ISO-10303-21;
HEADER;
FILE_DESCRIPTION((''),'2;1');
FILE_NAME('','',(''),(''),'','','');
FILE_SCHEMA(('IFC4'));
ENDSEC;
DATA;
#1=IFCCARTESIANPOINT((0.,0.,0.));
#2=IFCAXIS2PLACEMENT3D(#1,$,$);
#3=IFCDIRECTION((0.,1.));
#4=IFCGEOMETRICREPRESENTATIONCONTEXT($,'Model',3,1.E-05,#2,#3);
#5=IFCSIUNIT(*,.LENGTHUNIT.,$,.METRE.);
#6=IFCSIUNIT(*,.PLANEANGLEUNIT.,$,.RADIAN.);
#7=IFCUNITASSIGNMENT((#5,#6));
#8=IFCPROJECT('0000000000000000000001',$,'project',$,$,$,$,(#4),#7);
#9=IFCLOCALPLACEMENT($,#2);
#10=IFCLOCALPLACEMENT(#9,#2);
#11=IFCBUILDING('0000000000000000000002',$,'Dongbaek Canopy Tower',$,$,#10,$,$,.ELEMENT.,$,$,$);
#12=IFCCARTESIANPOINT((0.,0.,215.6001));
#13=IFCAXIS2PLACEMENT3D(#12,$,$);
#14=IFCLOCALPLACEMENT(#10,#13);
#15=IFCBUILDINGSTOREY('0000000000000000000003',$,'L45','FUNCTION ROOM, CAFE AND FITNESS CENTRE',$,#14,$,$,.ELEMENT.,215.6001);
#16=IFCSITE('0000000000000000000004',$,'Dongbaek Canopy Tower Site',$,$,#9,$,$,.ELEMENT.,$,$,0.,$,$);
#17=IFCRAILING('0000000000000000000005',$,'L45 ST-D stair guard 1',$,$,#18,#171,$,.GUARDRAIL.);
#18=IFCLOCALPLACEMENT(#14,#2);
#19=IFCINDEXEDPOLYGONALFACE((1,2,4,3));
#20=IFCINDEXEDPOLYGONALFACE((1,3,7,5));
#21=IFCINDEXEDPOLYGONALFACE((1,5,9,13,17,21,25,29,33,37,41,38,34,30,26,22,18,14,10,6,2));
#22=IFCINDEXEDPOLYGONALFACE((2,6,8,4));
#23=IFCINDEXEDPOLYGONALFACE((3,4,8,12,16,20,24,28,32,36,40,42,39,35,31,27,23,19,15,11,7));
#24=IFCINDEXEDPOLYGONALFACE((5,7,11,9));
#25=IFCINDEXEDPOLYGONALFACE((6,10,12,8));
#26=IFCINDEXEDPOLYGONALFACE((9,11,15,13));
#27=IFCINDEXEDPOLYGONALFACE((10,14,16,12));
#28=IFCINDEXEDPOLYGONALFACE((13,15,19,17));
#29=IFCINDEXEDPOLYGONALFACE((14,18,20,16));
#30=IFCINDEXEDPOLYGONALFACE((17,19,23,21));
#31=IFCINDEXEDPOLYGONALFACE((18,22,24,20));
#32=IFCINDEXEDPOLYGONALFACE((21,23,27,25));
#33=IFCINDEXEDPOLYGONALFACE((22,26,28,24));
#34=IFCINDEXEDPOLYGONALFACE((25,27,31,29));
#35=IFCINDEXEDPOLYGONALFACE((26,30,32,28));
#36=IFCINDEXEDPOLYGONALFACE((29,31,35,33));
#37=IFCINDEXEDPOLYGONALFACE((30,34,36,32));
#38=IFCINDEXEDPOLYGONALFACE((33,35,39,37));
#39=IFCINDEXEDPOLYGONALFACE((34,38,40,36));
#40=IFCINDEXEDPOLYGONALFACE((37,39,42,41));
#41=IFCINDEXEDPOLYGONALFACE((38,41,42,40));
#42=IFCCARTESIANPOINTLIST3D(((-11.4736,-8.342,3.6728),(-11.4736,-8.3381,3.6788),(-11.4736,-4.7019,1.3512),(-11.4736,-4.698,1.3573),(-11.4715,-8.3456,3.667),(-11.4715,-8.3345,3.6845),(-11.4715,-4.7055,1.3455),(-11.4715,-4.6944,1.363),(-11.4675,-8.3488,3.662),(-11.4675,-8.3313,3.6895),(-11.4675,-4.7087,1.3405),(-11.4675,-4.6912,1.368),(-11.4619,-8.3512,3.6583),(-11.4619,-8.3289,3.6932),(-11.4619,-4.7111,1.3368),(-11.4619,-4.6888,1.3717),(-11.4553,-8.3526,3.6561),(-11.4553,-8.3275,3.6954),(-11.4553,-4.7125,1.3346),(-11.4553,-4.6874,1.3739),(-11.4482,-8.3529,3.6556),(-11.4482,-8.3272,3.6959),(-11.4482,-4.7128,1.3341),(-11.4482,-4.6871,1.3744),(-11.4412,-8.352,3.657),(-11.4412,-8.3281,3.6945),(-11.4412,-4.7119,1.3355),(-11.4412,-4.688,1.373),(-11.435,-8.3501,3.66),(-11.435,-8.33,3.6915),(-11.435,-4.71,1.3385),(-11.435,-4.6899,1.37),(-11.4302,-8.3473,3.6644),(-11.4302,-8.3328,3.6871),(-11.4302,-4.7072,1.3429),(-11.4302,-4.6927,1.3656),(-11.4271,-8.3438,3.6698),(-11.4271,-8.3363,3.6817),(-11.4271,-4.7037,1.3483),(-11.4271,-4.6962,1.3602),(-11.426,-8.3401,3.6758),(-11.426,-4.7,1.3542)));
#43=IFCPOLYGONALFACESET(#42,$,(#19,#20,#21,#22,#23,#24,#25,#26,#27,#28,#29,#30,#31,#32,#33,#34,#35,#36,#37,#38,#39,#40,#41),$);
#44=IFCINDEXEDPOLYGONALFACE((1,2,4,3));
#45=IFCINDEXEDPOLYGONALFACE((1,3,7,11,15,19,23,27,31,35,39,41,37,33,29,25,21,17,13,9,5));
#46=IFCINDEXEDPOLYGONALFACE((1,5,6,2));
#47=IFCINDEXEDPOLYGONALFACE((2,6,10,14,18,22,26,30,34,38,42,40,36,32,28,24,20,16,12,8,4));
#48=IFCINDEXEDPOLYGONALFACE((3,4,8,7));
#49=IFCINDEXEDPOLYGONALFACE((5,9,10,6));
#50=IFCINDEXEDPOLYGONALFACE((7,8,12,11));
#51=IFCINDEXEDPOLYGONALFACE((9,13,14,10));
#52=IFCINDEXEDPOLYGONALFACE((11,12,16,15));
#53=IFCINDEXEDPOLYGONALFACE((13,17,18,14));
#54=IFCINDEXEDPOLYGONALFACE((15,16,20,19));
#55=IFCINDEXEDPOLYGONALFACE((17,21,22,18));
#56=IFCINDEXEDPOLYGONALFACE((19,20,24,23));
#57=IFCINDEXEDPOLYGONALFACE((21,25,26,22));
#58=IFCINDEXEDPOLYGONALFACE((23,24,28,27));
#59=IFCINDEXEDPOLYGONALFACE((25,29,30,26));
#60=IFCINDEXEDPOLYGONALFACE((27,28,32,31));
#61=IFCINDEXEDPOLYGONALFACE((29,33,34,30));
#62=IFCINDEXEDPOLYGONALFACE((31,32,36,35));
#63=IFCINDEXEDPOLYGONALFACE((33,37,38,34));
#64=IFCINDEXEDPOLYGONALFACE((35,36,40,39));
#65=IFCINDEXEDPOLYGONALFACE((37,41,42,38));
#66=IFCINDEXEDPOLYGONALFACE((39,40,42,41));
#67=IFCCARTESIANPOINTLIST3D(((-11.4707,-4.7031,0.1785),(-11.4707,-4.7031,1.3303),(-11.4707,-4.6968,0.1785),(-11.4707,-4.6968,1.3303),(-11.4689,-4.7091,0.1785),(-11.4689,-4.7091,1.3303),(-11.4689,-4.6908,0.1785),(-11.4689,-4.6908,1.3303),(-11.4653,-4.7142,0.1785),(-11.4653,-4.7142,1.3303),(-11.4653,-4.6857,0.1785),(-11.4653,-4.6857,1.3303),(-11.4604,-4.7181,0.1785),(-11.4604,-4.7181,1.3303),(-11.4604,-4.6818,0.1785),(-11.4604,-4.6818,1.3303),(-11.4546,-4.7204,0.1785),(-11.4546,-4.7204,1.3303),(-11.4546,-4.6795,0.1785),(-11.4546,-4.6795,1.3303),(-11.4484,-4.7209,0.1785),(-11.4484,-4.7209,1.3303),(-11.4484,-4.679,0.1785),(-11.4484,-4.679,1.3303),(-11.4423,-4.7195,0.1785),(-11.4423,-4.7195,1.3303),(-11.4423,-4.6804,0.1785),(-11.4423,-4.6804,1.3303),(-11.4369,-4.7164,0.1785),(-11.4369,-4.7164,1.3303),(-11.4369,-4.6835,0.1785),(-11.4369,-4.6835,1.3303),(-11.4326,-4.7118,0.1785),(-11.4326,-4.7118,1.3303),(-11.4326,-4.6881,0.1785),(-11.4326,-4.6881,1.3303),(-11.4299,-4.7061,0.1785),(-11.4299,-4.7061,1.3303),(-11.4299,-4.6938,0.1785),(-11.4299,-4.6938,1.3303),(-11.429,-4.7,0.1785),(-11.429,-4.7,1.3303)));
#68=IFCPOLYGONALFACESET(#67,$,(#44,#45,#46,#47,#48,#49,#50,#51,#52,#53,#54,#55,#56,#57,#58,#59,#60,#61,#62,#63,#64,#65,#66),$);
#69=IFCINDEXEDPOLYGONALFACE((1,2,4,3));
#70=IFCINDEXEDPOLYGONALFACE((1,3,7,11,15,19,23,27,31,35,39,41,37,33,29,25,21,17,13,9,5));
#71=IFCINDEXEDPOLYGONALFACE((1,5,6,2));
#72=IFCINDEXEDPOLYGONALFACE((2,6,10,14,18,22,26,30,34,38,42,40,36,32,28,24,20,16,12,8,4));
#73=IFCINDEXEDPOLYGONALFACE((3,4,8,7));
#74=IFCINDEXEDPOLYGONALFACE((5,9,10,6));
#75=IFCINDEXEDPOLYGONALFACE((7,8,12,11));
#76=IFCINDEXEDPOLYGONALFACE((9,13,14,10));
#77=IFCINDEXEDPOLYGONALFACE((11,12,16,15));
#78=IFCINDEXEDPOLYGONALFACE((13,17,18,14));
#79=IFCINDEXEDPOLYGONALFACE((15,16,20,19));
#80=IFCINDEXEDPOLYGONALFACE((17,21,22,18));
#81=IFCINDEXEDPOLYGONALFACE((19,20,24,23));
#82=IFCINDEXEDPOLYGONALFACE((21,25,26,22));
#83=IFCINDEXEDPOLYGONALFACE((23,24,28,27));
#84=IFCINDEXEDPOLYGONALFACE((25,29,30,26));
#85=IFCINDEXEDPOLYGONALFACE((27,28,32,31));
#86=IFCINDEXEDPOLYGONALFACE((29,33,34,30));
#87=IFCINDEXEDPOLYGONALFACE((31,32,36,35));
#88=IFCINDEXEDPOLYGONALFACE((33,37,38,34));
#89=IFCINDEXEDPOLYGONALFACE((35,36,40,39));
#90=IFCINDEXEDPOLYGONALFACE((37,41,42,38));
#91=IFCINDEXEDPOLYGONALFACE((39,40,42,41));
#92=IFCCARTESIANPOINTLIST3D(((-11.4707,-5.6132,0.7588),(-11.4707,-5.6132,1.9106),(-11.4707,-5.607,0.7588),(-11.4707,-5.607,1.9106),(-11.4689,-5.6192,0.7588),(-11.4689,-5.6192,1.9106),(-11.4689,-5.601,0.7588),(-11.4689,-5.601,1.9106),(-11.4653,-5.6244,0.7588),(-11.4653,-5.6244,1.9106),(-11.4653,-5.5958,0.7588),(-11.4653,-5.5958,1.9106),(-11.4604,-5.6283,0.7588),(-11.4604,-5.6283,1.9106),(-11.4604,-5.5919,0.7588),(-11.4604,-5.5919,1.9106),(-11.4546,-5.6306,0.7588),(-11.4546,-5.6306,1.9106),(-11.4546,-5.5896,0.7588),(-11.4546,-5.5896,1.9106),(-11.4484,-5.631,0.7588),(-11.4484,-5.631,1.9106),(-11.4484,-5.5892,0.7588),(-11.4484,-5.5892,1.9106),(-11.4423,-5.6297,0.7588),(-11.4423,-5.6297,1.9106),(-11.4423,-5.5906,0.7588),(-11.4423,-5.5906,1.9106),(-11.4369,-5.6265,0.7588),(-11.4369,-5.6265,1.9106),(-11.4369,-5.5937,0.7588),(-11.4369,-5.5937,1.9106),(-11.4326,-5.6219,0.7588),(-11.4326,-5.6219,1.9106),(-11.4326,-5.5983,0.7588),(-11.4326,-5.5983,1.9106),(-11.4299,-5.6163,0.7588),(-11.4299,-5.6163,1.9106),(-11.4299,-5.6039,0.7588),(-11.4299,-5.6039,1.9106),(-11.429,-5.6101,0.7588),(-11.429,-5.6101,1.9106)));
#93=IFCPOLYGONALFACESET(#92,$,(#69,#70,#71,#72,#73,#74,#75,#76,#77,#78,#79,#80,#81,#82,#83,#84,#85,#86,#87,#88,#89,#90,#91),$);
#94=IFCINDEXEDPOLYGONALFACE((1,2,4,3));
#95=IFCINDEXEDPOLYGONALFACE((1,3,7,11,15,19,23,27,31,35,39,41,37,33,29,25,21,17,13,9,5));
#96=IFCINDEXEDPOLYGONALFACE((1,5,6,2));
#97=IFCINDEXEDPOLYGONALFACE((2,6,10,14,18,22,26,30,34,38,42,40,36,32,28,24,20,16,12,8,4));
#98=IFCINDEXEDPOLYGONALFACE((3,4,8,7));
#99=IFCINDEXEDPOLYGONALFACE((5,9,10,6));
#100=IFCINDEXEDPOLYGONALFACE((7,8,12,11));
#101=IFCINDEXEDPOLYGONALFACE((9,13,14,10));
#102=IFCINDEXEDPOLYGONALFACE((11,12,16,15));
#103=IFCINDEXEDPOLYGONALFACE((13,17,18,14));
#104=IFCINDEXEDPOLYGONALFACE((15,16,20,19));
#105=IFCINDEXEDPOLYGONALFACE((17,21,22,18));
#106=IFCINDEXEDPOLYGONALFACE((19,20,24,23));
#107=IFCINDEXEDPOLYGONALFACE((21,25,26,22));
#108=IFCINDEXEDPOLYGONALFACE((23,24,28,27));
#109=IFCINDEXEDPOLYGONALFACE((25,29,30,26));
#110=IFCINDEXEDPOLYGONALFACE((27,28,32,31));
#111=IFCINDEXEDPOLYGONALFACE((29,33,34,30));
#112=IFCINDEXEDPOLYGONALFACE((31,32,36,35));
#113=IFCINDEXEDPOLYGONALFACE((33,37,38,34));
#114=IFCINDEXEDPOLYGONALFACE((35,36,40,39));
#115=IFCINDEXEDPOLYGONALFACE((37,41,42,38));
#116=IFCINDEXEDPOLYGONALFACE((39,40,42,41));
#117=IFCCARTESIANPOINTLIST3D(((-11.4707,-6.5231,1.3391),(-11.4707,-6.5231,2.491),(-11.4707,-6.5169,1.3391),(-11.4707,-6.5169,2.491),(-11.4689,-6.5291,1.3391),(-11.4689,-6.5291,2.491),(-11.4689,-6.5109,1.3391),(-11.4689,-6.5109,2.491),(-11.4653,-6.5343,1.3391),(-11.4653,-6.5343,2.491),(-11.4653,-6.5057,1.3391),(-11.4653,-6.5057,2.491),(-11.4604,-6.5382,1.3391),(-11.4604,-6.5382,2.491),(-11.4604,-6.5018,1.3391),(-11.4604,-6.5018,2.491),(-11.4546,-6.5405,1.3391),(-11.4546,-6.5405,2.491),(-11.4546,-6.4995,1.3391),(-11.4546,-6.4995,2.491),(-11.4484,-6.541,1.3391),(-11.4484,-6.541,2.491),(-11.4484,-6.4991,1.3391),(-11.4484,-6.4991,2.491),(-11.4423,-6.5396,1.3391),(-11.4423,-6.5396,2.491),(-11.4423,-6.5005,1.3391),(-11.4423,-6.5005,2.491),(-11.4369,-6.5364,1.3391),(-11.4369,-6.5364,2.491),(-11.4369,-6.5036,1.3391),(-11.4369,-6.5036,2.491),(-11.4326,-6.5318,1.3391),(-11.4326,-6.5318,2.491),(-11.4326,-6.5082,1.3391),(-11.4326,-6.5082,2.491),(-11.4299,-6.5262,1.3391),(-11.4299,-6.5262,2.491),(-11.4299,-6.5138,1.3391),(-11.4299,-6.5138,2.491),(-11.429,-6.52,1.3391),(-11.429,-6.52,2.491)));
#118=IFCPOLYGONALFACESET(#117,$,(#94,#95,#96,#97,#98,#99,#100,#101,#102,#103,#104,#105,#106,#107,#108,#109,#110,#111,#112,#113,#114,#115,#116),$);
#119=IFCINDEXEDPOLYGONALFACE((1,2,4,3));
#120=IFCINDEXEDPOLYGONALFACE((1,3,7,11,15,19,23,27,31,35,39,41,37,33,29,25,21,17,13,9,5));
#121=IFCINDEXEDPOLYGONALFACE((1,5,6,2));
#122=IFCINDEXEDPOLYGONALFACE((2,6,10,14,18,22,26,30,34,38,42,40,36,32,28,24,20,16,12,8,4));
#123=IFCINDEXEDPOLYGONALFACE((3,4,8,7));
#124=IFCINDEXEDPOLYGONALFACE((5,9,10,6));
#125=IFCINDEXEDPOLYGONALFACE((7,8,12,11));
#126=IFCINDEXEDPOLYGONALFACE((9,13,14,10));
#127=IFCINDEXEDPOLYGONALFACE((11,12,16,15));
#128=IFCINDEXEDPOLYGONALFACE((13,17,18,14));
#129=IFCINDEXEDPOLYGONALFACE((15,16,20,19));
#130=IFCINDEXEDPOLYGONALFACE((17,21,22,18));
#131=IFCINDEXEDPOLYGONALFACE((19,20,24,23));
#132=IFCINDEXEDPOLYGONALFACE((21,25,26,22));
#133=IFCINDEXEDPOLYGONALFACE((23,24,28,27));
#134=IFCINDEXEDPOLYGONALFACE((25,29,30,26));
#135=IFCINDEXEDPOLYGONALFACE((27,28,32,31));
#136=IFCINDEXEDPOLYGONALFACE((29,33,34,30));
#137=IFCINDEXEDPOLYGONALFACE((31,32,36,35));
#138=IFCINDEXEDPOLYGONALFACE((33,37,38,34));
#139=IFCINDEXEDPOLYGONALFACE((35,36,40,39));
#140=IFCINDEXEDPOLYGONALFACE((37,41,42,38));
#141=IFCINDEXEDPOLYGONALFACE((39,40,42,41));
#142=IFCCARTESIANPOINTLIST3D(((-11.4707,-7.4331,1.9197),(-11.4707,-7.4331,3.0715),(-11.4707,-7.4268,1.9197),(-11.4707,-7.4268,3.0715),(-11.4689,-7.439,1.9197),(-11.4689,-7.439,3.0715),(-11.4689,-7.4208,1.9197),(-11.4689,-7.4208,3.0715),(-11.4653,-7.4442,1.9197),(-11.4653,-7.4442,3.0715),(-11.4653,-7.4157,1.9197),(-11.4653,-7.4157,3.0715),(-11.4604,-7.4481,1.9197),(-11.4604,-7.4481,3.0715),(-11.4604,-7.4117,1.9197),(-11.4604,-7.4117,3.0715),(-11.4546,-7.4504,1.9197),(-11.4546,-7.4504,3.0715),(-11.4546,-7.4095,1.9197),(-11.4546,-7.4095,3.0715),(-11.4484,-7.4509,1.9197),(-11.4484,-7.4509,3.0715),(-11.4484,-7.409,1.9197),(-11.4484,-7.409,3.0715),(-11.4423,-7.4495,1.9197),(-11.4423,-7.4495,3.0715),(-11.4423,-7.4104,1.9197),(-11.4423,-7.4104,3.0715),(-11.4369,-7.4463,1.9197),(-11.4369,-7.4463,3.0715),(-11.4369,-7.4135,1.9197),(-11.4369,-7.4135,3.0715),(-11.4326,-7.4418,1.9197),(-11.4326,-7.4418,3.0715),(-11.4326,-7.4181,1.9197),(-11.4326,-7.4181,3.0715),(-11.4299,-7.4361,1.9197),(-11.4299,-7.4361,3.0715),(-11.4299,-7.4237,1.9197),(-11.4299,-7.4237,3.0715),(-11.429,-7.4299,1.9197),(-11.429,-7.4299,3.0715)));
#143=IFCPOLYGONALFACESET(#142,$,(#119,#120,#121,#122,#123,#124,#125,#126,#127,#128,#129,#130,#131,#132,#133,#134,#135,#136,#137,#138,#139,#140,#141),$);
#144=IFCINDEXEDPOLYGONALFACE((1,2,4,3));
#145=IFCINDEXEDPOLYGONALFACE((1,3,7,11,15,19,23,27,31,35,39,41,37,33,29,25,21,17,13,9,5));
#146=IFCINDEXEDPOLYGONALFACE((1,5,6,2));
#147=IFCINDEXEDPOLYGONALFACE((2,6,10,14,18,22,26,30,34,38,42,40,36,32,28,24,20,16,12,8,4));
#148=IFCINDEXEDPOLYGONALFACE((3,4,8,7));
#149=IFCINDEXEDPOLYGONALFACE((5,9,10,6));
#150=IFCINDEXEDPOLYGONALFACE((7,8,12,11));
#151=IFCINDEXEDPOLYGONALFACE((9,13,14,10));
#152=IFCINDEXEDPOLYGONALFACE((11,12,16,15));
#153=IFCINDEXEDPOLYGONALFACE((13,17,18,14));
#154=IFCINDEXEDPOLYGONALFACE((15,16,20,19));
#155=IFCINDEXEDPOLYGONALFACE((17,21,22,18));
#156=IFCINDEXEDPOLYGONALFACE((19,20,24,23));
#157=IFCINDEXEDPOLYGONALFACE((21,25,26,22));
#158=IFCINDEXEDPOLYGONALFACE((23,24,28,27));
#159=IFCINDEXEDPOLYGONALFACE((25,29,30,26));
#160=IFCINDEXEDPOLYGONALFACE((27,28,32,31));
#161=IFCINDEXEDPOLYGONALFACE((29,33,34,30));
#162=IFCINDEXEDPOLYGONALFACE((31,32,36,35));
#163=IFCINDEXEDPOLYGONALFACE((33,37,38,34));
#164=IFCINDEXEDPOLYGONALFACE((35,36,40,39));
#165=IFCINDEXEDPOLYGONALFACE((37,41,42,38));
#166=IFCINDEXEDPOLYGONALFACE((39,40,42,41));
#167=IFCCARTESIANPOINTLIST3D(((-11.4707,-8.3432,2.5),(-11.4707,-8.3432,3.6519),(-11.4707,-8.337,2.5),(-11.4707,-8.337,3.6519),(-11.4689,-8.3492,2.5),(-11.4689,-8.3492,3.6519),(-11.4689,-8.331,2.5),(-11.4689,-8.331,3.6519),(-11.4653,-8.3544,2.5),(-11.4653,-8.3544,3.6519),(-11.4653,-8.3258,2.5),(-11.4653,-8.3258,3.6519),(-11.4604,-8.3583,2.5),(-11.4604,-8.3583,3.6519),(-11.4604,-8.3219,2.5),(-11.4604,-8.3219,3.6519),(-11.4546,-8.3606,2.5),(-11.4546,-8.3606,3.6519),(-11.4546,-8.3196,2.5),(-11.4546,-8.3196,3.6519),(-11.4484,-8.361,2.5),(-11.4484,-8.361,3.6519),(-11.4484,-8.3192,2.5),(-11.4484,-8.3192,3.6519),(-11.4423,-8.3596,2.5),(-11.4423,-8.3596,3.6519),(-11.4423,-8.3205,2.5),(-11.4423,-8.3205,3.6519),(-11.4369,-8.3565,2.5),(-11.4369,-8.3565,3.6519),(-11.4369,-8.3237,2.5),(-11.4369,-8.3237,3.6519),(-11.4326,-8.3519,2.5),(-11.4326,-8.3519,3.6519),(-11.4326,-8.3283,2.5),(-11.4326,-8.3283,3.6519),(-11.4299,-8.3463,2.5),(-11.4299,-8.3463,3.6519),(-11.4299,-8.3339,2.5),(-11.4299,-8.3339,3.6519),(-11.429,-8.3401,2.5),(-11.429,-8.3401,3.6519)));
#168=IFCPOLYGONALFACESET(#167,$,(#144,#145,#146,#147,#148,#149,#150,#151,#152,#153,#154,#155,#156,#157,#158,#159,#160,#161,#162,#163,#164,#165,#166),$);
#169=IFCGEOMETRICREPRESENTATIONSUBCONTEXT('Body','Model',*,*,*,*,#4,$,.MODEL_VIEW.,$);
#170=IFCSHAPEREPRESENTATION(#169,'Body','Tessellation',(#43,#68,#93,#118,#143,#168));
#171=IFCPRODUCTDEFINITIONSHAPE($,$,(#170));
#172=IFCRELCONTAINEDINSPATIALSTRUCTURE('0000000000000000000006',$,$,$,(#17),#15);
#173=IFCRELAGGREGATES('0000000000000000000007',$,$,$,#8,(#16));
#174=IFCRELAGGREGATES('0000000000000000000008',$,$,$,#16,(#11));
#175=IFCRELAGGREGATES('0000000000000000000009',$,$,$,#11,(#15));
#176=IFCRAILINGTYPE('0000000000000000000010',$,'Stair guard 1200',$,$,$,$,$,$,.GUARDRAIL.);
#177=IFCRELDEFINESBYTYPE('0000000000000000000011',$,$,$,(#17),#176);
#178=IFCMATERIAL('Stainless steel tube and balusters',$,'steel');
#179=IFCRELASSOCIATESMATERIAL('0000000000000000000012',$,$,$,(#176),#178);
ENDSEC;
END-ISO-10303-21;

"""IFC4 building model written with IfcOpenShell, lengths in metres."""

from ifc_helpers import new_model, si_unit, direction, frame, origin, origin_2d, place, context, subcontext, project, spatial, circle, extrude, material, type_object, element, save


model = new_model("IFC4")

# Units and contexts
model_context = context("Model", 3, precision=1e-05, world=origin(), true_north=direction((0.0, 1.0)))
body_context = subcontext(model_context, "Body", "Model", "MODEL_VIEW")
ifc_project = project(units=[si_unit("LENGTHUNIT", "METRE"), si_unit("PLANEANGLEUNIT", "RADIAN")], contexts=[model_context])

# Site, building, storey
site_placement = place(None, origin())
site = spatial("IfcSite", under=ifc_project, at=site_placement, Name="Dongbaek Canopy Tower Site", CompositionType="ELEMENT", RefElevation=0.0)
building_placement = place(site_placement, origin())
building = spatial("IfcBuilding", under=site, at=building_placement, Name="Dongbaek Canopy Tower", CompositionType="ELEMENT")
storey_placement = place(building_placement, frame((0.0, 0.0, 215.6001)))
storey = spatial("IfcBuildingStorey", under=building, at=storey_placement, Name="L45", Description="FUNCTION ROOM, CAFE AND FITNESS CENTRE", CompositionType="ELEMENT", Elevation=215.6001)

# Railing
ifc_material_1 = material(Name="Stainless steel tube and balusters", Category="steel")
railing_type_1 = type_object("IfcRailingType", Name="Stair guard 1200", PredefinedType="GUARDRAIL", material=ifc_material_1)
railing_1_placement = place(storey_placement, frame((-11.45, -4.7, 0.1785)))
element("IfcRailing", 1, at=railing_1_placement, inside=storey, type_object=railing_type_1, Name="L45 ST-D stair guard 1", PredefinedType="GUARDRAIL", context=body_context, shape_type="SweptSolid", body=[
    extrude(circle(Radius=0.0239, at=origin_2d()), frame((0.0, 0.0, 1.1758), z_axis=(0.0, -0.843128, 0.537713), x_axis=(1.0, 0.0, 0.0)), (0.0, 0.0, 1.0), 4.3174),
    extrude(circle(Radius=0.021, at=origin_2d()), origin(), (0.0, 0.0, 1.0), 1.1519),
    extrude(circle(Radius=0.021, at=origin_2d()), frame((0.0, -0.9102, 0.5803)), (0.0, 0.0, 1.0), 1.1519),
    extrude(circle(Radius=0.021, at=origin_2d()), frame((0.0, -1.8201, 1.1606)), (0.0, 0.0, 1.0), 1.1519),
    extrude(circle(Radius=0.021, at=origin_2d()), frame((0.0, -2.73, 1.7412)), (0.0, 0.0, 1.0), 1.1519),
    extrude(circle(Radius=0.021, at=origin_2d()), frame((0.0, -3.6401, 2.3215)), (0.0, 0.0, 1.0), 1.1519),
])

save(model, "model.ifc")
